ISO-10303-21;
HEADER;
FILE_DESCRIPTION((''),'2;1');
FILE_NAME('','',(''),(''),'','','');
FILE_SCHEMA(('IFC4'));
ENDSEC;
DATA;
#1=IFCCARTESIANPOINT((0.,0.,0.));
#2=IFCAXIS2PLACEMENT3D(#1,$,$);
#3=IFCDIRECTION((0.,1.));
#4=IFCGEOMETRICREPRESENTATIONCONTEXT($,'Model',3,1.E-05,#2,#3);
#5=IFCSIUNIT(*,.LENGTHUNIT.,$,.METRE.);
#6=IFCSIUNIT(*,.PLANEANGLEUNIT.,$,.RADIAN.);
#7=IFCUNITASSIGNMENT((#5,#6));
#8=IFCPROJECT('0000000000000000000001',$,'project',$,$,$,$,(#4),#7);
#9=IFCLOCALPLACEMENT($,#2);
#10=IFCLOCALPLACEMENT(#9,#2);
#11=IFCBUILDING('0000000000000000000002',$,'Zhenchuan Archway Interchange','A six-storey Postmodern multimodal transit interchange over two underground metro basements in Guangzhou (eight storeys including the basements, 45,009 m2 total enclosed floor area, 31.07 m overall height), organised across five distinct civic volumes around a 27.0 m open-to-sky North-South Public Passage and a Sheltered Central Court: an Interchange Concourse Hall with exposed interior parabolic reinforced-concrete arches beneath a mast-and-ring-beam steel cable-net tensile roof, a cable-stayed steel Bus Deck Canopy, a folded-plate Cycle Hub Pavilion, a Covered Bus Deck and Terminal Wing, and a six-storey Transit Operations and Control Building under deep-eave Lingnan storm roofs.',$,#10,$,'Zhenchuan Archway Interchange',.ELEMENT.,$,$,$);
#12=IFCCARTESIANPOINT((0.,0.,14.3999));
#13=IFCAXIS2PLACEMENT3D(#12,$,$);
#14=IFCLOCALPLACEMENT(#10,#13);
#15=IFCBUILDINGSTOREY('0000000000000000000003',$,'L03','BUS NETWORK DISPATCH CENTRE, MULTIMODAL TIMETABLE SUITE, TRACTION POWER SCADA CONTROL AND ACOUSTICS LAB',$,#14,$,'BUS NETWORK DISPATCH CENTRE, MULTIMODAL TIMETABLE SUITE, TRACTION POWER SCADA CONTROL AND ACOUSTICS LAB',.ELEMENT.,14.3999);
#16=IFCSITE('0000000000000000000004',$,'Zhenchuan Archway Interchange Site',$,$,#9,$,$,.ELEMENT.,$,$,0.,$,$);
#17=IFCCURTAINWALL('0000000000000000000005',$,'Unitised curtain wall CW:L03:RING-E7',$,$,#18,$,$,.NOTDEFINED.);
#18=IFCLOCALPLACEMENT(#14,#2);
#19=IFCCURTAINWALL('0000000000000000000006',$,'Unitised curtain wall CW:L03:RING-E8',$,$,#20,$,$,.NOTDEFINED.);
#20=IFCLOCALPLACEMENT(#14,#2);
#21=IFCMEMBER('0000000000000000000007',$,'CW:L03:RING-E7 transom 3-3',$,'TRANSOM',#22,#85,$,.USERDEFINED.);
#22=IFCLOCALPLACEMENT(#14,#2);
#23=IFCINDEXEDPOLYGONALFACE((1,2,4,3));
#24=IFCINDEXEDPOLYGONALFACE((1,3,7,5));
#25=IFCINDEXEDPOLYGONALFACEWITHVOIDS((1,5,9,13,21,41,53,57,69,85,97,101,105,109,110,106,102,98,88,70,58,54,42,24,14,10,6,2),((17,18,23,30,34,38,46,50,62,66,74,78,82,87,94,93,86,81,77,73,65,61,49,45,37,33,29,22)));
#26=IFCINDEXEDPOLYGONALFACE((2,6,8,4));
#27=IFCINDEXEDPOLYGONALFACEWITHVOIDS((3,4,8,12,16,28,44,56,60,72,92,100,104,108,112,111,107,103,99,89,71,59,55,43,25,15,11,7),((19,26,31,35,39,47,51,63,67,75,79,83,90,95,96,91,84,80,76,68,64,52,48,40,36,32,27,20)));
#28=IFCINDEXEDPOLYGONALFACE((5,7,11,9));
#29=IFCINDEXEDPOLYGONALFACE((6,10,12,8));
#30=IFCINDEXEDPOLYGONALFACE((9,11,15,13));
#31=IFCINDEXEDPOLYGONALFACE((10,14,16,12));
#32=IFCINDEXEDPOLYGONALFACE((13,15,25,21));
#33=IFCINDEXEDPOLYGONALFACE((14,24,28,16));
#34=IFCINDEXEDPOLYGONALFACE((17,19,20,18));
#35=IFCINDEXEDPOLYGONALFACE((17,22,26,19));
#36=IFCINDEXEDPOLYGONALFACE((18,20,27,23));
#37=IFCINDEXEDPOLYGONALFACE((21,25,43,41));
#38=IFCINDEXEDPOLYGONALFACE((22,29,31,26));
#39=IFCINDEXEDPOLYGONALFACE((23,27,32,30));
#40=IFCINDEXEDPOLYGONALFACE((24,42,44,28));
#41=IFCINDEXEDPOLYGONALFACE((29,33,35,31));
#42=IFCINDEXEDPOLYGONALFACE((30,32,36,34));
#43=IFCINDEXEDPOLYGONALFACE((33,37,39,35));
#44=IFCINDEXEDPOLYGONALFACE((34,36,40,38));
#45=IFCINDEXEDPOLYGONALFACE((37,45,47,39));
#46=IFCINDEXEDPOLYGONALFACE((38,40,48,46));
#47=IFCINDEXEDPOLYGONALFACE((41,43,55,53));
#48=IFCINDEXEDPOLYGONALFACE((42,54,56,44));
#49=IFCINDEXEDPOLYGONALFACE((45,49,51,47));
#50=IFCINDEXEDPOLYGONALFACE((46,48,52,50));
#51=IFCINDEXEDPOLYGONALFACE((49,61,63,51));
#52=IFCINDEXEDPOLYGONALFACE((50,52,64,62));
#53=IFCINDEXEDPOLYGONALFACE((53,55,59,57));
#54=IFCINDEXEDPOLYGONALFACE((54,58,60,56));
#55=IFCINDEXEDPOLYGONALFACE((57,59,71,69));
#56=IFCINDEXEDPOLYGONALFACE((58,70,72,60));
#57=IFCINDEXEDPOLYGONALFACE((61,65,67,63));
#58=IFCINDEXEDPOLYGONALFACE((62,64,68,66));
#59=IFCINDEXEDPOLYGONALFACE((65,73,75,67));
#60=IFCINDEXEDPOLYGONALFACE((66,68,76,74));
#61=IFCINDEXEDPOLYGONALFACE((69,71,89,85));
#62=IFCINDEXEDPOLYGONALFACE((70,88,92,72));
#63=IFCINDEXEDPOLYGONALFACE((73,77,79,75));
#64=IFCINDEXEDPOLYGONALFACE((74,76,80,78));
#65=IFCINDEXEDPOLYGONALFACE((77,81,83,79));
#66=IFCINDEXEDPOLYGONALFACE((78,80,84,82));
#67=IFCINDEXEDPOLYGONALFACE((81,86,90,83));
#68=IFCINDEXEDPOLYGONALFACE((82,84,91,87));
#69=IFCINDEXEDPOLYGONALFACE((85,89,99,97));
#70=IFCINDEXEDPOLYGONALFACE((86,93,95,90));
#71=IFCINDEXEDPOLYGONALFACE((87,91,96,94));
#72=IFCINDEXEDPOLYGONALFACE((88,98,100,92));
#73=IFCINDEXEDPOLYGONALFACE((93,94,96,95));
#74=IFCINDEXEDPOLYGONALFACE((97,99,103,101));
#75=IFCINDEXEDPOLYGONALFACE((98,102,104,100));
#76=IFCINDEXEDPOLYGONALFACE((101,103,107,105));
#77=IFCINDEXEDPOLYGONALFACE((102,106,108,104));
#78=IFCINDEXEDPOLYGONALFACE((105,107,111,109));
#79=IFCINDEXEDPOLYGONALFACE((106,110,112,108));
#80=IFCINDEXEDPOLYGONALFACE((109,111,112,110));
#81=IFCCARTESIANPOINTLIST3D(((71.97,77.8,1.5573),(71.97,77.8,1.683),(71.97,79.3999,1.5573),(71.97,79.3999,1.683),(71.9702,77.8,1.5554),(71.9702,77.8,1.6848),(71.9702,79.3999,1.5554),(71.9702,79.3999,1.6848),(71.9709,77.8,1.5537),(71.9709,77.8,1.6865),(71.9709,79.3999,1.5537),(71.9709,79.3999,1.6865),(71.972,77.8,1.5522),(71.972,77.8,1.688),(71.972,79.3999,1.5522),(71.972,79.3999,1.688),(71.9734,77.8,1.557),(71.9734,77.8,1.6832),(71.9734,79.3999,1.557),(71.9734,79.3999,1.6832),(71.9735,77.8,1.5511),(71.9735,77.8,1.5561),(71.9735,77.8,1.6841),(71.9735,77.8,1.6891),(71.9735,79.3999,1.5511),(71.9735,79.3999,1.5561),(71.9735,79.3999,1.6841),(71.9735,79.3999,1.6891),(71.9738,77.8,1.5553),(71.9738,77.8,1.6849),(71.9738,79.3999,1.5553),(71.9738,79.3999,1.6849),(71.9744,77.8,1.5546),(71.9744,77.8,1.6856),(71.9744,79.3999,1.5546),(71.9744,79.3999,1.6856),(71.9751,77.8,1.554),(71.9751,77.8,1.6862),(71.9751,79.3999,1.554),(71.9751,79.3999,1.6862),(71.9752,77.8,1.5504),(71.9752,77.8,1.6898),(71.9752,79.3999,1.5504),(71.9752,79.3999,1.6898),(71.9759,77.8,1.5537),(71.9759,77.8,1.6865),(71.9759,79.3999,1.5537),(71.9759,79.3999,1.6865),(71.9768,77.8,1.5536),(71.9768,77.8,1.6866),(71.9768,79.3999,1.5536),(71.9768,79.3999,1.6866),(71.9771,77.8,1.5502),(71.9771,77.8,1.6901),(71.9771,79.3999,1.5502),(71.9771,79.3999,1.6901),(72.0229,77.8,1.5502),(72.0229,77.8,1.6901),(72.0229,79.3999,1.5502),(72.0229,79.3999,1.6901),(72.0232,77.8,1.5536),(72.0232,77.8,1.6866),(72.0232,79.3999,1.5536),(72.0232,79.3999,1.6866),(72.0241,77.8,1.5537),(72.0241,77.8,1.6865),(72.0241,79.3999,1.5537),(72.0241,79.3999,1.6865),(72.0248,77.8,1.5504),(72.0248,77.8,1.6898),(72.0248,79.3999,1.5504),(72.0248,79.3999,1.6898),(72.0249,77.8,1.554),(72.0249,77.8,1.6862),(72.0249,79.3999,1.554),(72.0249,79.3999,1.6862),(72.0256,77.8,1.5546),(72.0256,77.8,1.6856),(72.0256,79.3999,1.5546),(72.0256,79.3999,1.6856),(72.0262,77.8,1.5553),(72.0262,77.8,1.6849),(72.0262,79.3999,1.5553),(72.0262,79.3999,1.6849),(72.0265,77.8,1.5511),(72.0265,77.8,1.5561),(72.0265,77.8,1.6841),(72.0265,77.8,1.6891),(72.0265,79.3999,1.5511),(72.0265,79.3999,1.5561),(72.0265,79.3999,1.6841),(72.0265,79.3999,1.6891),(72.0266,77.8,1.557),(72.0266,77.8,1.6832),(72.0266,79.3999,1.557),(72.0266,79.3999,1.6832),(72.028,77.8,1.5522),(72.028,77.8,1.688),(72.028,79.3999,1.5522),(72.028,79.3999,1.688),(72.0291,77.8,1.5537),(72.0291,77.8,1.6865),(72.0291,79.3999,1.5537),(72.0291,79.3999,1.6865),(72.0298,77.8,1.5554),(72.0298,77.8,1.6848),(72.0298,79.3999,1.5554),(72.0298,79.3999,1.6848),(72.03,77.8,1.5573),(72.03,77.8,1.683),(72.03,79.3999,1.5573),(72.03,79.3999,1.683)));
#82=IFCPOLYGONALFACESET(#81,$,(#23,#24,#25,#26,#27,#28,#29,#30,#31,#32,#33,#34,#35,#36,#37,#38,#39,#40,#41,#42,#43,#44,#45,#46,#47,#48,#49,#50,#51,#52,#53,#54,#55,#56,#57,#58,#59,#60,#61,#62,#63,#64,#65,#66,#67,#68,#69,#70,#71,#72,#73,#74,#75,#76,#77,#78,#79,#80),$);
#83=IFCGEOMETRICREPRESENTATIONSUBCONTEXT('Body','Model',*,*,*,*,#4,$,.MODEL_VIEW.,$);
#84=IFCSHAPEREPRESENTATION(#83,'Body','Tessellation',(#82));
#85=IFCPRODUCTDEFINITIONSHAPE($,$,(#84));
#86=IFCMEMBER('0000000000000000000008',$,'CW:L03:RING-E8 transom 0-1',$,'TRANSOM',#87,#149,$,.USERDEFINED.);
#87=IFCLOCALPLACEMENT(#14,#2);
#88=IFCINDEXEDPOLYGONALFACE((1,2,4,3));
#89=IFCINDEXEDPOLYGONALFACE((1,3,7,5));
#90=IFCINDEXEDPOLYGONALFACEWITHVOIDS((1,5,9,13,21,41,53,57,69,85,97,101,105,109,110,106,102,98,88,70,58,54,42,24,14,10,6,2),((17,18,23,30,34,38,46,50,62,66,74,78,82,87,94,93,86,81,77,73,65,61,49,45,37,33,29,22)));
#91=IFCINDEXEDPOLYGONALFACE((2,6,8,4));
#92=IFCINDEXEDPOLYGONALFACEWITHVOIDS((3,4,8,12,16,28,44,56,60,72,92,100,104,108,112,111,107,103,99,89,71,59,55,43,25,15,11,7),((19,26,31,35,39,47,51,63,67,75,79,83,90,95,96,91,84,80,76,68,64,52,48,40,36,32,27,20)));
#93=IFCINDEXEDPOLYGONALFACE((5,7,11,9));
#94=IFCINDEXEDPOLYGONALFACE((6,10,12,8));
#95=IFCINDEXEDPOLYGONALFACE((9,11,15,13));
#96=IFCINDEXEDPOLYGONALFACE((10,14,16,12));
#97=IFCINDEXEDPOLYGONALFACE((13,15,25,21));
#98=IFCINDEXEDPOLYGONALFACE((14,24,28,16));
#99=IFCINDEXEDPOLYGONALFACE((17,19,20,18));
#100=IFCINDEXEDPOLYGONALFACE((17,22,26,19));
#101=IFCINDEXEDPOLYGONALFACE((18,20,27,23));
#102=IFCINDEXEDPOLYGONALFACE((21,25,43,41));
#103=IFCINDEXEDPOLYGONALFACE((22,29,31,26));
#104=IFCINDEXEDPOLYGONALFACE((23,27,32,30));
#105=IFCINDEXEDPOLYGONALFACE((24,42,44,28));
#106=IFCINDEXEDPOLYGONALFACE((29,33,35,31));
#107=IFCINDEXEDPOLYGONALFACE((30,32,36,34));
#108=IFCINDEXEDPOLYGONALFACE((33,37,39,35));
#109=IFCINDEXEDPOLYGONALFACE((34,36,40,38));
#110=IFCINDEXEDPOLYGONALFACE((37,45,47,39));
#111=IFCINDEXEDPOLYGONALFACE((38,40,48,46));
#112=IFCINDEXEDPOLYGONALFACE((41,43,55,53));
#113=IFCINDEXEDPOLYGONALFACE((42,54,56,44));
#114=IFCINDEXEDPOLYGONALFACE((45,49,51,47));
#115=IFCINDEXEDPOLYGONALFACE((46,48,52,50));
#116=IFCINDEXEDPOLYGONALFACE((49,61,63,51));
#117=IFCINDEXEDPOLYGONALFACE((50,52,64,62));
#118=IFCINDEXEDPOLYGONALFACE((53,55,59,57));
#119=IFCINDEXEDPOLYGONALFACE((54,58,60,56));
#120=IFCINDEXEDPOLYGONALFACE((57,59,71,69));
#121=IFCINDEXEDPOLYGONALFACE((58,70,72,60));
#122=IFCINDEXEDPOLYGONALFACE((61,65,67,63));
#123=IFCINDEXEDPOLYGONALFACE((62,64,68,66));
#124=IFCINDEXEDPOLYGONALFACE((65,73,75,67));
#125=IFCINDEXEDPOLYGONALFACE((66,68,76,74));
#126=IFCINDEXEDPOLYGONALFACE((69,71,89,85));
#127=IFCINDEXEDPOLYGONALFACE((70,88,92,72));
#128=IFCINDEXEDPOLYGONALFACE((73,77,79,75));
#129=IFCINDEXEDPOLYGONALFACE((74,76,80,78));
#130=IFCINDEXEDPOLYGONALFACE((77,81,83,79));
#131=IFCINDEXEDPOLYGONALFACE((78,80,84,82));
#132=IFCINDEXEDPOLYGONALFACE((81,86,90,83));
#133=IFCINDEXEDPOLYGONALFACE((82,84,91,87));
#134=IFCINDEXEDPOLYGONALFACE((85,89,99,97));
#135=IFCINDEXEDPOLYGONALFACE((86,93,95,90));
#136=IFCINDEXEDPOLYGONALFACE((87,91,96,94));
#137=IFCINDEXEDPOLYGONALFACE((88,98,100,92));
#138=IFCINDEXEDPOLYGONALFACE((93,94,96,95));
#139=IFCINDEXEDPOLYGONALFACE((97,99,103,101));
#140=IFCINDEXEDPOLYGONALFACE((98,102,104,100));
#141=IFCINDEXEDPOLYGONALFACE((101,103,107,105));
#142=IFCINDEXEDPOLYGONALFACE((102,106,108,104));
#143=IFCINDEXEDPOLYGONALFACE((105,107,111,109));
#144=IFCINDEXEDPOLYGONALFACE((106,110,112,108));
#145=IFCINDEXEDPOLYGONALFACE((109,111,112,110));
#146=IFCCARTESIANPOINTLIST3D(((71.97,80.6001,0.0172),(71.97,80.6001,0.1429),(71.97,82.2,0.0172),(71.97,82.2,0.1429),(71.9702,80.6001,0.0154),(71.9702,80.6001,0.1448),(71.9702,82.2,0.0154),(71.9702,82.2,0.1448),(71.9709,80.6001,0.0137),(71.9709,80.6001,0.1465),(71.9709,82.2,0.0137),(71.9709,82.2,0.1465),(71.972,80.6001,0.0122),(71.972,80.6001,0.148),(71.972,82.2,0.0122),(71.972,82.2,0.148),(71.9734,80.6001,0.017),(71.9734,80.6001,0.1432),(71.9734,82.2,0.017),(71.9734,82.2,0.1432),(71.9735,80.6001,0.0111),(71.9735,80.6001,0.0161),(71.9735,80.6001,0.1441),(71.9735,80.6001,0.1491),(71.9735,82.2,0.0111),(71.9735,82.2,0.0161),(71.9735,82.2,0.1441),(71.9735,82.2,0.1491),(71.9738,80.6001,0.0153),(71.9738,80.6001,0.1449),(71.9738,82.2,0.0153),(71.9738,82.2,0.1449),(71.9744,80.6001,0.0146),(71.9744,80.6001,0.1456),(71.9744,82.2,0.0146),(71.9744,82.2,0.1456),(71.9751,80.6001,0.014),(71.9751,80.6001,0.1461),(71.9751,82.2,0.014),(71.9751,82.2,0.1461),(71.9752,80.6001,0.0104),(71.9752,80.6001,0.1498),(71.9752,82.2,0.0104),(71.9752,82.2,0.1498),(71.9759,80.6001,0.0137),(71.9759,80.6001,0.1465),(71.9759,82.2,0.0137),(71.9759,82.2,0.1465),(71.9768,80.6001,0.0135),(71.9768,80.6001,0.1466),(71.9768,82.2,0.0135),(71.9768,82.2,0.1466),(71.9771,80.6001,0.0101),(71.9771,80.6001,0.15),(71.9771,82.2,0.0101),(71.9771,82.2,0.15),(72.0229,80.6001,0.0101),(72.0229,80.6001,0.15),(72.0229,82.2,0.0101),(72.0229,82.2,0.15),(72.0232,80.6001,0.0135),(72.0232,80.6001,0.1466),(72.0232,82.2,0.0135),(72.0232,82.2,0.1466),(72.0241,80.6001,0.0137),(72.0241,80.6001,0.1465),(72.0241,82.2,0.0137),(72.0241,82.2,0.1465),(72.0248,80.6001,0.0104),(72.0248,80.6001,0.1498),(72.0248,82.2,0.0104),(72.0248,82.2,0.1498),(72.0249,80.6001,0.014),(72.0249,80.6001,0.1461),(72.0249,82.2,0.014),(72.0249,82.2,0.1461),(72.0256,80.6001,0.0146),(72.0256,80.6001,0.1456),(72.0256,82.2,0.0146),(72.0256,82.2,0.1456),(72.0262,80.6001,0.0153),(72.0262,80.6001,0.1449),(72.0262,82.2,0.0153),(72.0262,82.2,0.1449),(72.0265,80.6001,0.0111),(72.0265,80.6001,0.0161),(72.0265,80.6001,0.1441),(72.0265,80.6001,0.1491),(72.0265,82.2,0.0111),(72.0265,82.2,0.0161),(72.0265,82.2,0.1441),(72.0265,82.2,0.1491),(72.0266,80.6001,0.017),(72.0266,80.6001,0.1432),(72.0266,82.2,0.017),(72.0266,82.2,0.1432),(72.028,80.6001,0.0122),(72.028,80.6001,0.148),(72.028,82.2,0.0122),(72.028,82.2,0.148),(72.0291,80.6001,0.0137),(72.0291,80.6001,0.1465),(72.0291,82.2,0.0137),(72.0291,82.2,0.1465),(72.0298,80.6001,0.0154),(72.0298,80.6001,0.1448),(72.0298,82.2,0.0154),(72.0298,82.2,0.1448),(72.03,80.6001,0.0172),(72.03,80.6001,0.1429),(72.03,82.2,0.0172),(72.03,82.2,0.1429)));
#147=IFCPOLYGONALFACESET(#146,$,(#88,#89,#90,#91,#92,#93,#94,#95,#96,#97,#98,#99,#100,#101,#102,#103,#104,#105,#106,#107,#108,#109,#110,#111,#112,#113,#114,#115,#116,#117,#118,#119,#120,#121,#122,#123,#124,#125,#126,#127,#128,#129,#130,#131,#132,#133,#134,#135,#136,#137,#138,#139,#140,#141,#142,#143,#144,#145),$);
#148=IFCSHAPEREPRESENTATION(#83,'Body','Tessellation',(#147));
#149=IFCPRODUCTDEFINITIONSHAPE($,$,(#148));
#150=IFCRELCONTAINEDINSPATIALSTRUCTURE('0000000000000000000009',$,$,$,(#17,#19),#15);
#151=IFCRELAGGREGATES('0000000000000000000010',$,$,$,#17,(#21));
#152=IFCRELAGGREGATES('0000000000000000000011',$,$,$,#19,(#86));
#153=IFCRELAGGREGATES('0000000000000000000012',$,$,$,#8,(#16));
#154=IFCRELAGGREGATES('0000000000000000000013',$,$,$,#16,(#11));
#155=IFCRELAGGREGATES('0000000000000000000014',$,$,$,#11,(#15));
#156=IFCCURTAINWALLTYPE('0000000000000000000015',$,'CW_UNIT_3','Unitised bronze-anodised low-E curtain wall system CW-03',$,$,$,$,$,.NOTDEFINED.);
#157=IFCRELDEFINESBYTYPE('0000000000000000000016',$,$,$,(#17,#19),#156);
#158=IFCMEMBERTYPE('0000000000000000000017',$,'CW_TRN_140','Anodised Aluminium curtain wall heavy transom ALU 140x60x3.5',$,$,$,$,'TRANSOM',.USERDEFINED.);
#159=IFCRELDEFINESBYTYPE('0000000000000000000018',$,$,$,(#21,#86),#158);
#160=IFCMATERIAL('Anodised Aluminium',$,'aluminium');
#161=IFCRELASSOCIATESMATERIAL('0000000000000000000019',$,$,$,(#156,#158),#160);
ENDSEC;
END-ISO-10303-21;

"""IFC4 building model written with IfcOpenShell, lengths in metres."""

from ifc_helpers import new_model, si_unit, direction, frame, origin, origin_2d, place, context, subcontext, project, spatial, hollow_rectangle, extrude, material, material_profile, profile_set, type_object, element, aggregate, save


model = new_model("IFC4")

# Units and contexts
model_context = context("Model", 3, precision=1e-05, world=origin(), true_north=direction((0.0, 1.0)))
body_context = subcontext(model_context, "Body", "Model", "MODEL_VIEW")
ifc_project = project(units=[si_unit("LENGTHUNIT", "METRE"), si_unit("PLANEANGLEUNIT", "RADIAN")], contexts=[model_context])

# Site, building, storey
site_placement = place(None, origin())
site = spatial("IfcSite", under=ifc_project, at=site_placement, Name="Zhenchuan Archway Interchange Site", CompositionType="ELEMENT", RefElevation=0.0)
building_placement = place(site_placement, origin())
building = spatial("IfcBuilding", under=site, at=building_placement, Name="Zhenchuan Archway Interchange", Description="A six-storey Postmodern multimodal transit interchange over two underground metro basements in Guangzhou (eight storeys including the basements, 45,009 m2 total enclosed floor area, 31.07 m overall height), organised across five distinct civic volumes around a 27.0 m open-to-sky North-South Public Passage and a Sheltered Central Court: an Interchange Concourse Hall with exposed interior parabolic reinforced-concrete arches beneath a mast-and-ring-beam steel cable-net tensile roof, a cable-stayed steel Bus Deck Canopy, a folded-plate Cycle Hub Pavilion, a Covered Bus Deck and Terminal Wing, and a six-storey Transit Operations and Control Building under deep-eave Lingnan storm roofs.", LongName="Zhenchuan Archway Interchange", CompositionType="ELEMENT")
storey_placement = place(building_placement, frame((0.0, 0.0, 14.3999)))
storey = spatial("IfcBuildingStorey", under=building, at=storey_placement, Name="L03", Description="BUS NETWORK DISPATCH CENTRE, MULTIMODAL TIMETABLE SUITE, TRACTION POWER SCADA CONTROL AND ACOUSTICS LAB", LongName="BUS NETWORK DISPATCH CENTRE, MULTIMODAL TIMETABLE SUITE, TRACTION POWER SCADA CONTROL AND ACOUSTICS LAB", CompositionType="ELEMENT", Elevation=14.3999)

# Curtain wall
ifc_material_1 = material(Name="Anodised Aluminium", Category="aluminium")
curtain_wall_type = type_object("IfcCurtainWallType", Name="CW_UNIT_3", Description="Unitised bronze-anodised low-E curtain wall system CW-03", PredefinedType="NOTDEFINED", material=ifc_material_1)
curtain_wall_1_placement = place(storey_placement, origin())
curtain_wall_1 = element("IfcCurtainWall", 1, at=curtain_wall_1_placement, inside=storey, type_object=curtain_wall_type, Name="Unitised curtain wall CW:L03:RING-E7", PredefinedType="NOTDEFINED")

# Curtain wall
curtain_wall_2_placement = place(storey_placement, origin())
curtain_wall_2 = element("IfcCurtainWall", 2, at=curtain_wall_2_placement, inside=storey, type_object=curtain_wall_type, Name="Unitised curtain wall CW:L03:RING-E8", PredefinedType="NOTDEFINED")

# Members
ifc_material_profile_1 = material_profile(ifc_material_1, hollow_rectangle(XDim=0.0601, YDim=0.1399, WallThickness=0.0034, InnerFilletRadius=0.0034, OuterFilletRadius=0.0071, at=origin_2d()), Name="ALU 140x60x3.5")
ifc_profile_set_1 = profile_set([ifc_material_profile_1], Name="Anodised Aluminium")
member_type_1 = type_object("IfcMemberType", Name="CW_TRN_140", Description="Anodised Aluminium curtain wall heavy transom ALU 140x60x3.5", ElementType="TRANSOM", PredefinedType="USERDEFINED", material=ifc_profile_set_1)
member_1_placement = place(storey_placement, frame((72.0, 77.8, 1.6201), z_axis=(0.0, 1.0, 0.0), x_axis=(-1.0, 0.0, 0.0)))
member_1 = element("IfcMember", 3, at=member_1_placement, type_object=member_type_1, Name="CW:L03:RING-E7 transom 3-3", ObjectType="TRANSOM", PredefinedType="USERDEFINED", context=body_context, shape_type="SweptSolid", body=[
    extrude(hollow_rectangle(XDim=0.0601, YDim=0.1399, WallThickness=0.0034, InnerFilletRadius=0.0034, OuterFilletRadius=0.0071, at=origin_2d()), origin(), (0.0, 0.0, 1.0), 1.5999),
])
member_2_placement = place(storey_placement, frame((72.0, 80.6001, 0.0801), z_axis=(0.0, 1.0, 0.0), x_axis=(-1.0, 0.0, 0.0)))
member_2 = element("IfcMember", 4, at=member_2_placement, type_object=member_type_1, Name="CW:L03:RING-E8 transom 0-1", ObjectType="TRANSOM", PredefinedType="USERDEFINED", context=body_context, shape_type="SweptSolid", body=[
    extrude(hollow_rectangle(XDim=0.0601, YDim=0.1399, WallThickness=0.0034, InnerFilletRadius=0.0034, OuterFilletRadius=0.0071, at=origin_2d()), origin(), (0.0, 0.0, 1.0), 1.5999),
])

aggregate(curtain_wall_1, [member_1])
aggregate(curtain_wall_2, [member_2])

save(model, "model.ifc")
